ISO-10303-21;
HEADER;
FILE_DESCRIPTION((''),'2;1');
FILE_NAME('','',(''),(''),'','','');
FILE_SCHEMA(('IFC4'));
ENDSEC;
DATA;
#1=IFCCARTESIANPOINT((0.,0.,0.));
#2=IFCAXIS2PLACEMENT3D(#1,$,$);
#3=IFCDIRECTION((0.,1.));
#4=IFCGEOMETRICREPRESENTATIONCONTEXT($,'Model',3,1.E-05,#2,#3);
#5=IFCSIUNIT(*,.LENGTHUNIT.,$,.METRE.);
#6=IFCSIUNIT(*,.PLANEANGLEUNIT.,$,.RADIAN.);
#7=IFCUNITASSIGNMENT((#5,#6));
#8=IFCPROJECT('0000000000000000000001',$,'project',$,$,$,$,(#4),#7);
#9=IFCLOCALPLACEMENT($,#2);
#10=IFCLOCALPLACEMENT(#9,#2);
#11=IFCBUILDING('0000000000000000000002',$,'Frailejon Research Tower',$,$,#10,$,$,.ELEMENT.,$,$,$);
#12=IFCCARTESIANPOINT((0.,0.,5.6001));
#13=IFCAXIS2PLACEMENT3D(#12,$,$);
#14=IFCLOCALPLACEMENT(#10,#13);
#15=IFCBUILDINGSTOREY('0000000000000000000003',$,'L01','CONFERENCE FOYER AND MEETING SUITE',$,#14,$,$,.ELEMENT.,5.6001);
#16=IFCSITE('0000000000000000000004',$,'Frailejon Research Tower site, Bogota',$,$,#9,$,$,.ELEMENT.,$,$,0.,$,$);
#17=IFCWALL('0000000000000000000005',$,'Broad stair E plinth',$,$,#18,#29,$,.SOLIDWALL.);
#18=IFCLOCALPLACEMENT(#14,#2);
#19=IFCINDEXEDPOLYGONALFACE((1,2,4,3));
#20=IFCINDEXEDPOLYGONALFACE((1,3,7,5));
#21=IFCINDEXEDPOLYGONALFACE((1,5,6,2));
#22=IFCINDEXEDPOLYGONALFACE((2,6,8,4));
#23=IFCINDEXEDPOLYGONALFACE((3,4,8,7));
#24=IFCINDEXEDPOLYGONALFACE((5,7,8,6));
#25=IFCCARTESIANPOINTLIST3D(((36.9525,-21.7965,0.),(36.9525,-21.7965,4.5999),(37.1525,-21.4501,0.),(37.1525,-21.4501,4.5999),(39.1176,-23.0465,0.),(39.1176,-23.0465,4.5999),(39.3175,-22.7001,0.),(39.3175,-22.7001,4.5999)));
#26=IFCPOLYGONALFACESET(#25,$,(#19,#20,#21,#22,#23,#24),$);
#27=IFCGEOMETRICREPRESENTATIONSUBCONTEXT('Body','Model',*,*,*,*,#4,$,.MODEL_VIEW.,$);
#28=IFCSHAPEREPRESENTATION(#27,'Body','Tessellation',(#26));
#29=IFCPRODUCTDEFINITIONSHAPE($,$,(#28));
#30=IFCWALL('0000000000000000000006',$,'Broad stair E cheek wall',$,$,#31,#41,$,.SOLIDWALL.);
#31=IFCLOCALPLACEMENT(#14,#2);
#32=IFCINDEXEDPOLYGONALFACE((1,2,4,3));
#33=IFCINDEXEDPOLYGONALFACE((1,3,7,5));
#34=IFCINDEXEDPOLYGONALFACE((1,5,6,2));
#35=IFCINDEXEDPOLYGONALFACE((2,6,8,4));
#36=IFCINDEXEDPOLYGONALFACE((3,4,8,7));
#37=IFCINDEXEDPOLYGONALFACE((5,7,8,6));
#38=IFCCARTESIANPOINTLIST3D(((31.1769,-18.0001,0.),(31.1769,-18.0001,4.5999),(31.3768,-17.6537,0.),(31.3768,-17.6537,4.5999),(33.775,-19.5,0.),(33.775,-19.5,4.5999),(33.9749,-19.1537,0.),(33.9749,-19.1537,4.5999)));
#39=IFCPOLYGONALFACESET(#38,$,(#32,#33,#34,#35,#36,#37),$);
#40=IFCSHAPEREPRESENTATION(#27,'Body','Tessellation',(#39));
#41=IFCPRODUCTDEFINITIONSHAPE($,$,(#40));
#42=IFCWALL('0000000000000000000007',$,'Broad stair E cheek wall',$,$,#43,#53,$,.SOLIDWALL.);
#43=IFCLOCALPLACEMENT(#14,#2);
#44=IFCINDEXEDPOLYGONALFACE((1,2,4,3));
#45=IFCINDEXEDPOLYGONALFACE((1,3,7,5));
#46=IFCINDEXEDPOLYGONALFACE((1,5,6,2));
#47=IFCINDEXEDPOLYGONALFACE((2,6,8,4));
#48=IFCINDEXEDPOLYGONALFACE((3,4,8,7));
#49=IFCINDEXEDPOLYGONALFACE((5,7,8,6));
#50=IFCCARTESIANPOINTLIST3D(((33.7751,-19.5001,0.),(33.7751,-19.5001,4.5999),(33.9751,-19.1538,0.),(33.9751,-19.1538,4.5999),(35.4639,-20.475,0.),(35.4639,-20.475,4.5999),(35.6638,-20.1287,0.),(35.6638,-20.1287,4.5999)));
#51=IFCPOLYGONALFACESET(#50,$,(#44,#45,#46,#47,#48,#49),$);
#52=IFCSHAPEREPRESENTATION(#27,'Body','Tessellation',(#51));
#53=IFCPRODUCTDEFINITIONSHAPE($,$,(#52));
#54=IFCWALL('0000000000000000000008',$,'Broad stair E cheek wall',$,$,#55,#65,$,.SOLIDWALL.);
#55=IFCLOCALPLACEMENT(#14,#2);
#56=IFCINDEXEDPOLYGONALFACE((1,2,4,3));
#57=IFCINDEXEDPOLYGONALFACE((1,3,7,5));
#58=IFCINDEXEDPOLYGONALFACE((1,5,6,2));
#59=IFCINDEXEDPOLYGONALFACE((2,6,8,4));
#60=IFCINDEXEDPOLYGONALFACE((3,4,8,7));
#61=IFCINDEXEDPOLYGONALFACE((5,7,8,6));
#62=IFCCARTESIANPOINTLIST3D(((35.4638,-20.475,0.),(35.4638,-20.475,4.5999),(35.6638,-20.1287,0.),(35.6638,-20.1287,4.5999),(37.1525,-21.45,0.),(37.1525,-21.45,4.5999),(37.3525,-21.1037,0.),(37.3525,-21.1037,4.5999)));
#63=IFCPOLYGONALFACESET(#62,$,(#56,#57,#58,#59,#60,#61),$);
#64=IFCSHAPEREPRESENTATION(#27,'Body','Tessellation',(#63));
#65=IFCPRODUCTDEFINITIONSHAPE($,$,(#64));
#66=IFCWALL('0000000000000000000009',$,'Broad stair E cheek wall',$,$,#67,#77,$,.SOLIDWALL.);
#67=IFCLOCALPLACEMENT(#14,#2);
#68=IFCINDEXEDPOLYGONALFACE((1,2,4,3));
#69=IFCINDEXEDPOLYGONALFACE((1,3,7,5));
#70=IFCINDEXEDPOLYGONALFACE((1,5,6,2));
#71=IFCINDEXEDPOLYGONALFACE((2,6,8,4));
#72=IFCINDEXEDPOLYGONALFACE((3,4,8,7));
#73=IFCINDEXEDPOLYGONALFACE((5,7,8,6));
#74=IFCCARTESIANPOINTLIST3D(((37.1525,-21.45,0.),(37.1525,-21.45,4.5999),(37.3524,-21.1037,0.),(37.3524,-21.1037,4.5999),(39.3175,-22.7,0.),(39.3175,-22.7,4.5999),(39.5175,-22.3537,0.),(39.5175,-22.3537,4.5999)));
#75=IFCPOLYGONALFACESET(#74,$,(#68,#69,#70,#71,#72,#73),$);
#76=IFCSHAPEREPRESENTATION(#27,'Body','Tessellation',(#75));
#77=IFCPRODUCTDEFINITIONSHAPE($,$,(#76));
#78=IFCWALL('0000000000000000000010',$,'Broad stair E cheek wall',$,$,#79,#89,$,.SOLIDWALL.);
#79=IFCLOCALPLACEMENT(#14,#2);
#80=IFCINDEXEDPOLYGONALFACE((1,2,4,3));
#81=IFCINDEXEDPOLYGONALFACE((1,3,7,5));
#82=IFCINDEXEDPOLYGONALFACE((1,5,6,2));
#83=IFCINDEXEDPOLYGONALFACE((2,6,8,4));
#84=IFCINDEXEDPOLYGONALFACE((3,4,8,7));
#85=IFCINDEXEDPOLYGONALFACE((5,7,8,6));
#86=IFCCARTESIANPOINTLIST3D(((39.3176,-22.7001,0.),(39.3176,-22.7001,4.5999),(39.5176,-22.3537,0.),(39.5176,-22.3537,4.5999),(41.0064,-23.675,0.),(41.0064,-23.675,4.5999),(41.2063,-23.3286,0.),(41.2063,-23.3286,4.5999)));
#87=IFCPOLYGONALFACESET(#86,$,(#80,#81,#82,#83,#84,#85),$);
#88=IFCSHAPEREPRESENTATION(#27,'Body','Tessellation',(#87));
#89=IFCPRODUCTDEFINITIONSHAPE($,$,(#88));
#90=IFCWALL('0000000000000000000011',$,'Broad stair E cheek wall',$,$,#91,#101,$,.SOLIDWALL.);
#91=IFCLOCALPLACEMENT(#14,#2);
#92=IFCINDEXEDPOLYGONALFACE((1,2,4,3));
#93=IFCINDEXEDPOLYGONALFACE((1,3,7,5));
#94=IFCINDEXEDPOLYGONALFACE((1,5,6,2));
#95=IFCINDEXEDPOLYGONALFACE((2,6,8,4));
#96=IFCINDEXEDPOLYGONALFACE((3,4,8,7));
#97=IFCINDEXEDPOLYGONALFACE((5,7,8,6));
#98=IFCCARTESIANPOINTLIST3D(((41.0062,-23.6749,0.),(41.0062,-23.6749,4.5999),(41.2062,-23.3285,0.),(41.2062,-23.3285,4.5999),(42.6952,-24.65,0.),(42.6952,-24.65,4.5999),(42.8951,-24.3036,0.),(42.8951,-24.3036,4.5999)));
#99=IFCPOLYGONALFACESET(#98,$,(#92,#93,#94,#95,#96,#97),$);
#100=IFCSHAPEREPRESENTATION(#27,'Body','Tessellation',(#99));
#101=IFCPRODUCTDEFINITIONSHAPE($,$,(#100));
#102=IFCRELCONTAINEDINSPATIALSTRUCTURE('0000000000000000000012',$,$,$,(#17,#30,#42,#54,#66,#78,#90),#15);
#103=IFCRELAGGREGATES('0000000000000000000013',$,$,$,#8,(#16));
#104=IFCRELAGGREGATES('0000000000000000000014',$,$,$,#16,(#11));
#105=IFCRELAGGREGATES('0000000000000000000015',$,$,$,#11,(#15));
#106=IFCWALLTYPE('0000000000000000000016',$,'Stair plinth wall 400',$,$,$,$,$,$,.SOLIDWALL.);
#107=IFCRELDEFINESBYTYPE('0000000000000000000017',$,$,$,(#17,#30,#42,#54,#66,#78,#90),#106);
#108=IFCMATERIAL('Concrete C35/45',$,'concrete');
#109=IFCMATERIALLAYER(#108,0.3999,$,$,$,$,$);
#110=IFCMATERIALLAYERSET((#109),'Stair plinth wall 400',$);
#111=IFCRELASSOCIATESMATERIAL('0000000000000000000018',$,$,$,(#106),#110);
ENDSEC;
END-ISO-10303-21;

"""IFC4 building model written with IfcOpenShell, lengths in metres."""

from ifc_helpers import new_model, si_unit, direction, frame, frame_2d, origin, place, context, subcontext, project, spatial, rectangle, extrude, material, layer, layer_set, type_object, element, save


model = new_model("IFC4")

# Units and contexts
model_context = context("Model", 3, precision=1e-05, world=origin(), true_north=direction((0.0, 1.0)))
body_context = subcontext(model_context, "Body", "Model", "MODEL_VIEW")
ifc_project = project(units=[si_unit("LENGTHUNIT", "METRE"), si_unit("PLANEANGLEUNIT", "RADIAN")], contexts=[model_context])

# Site, building, storey
site_placement = place(None, origin())
site = spatial("IfcSite", under=ifc_project, at=site_placement, Name="Frailejon Research Tower site, Bogota", CompositionType="ELEMENT", RefElevation=0.0)
building_placement = place(site_placement, origin())
building = spatial("IfcBuilding", under=site, at=building_placement, Name="Frailejon Research Tower", CompositionType="ELEMENT")
storey_placement = place(building_placement, frame((0.0, 0.0, 5.6001)))
storey = spatial("IfcBuildingStorey", under=building, at=storey_placement, Name="L01", Description="CONFERENCE FOYER AND MEETING SUITE", CompositionType="ELEMENT", Elevation=5.6001)

# Walls
ifc_material_1 = material(Name="Concrete C35/45", Category="concrete")
ifc_layer_1 = layer(ifc_material_1, 0.3999)
ifc_layer_set_1 = layer_set([ifc_layer_1], Name="Stair plinth wall 400")
wall_type_1 = type_object("IfcWallType", Name="Stair plinth wall 400", PredefinedType="SOLIDWALL", material=ifc_layer_set_1)
wall_1_placement = place(storey_placement, frame((37.0525, -21.6233, 0.0), z_axis=(0.0, 0.0, 1.0), x_axis=(0.866023, -0.500004, 0.0)))
element("IfcWall", 1, at=wall_1_placement, inside=storey, type_object=wall_type_1, Name="Broad stair E plinth", PredefinedType="SOLIDWALL", context=body_context, shape_type="SweptSolid", body=[
    extrude(rectangle(XDim=2.5, YDim=0.3999, at=frame_2d((1.25, 0.0))), origin(), (0.0, 0.0, 1.0), 4.5999),
])
wall_2_placement = place(storey_placement, frame((31.2769, -17.8269, 0.0), z_axis=(0.0, 0.0, 1.0), x_axis=(0.866031, -0.49999, 0.0)))
element("IfcWall", 2, at=wall_2_placement, inside=storey, type_object=wall_type_1, Name="Broad stair E cheek wall", PredefinedType="SOLIDWALL", context=body_context, shape_type="SweptSolid", body=[
    extrude(rectangle(XDim=3.0, YDim=0.3999, at=frame_2d((1.5, 0.0))), origin(), (0.0, 0.0, 1.0), 4.5999),
])
for number, where, z_axis, x_axis, name in (
    (3, (33.875, -19.3269, 0.0), (0.0, 0.0, 1.0), (0.866054, -0.49995, 0.0), "Broad stair E cheek wall"),
    (4, (35.5637, -20.3018, 0.0), (0.0, 0.0, 1.0), (0.866, -0.500044, 0.0), "Broad stair E cheek wall"),
):
    element("IfcWall", number, at=place(storey_placement, frame(where, z_axis=z_axis, x_axis=x_axis)), inside=storey, type_object=wall_type_1, Name=name, PredefinedType="SOLIDWALL", context=body_context, shape_type="SweptSolid", body=[
        extrude(rectangle(XDim=1.95, YDim=0.3999, at=frame_2d((0.9751, 0.0))), origin(), (0.0, 0.0, 1.0), 4.5999),
    ])
wall_3_placement = place(storey_placement, frame((37.2524, -21.2769, 0.0), z_axis=(0.0, 0.0, 1.0), x_axis=(0.866023, -0.500004, 0.0)))
element("IfcWall", 5, at=wall_3_placement, inside=storey, type_object=wall_type_1, Name="Broad stair E cheek wall", PredefinedType="SOLIDWALL", context=body_context, shape_type="SweptSolid", body=[
    extrude(rectangle(XDim=2.5, YDim=0.3999, at=frame_2d((1.25, 0.0))), origin(), (0.0, 0.0, 1.0), 4.5999),
])
wall_4_placement = place(storey_placement, frame((39.4175, -22.5269, 0.0), z_axis=(0.0, 0.0, 1.0), x_axis=(0.866054, -0.49995, 0.0)))
element("IfcWall", 6, at=wall_4_placement, inside=storey, type_object=wall_type_1, Name="Broad stair E cheek wall", PredefinedType="SOLIDWALL", context=body_context, shape_type="SweptSolid", body=[
    extrude(rectangle(XDim=1.95, YDim=0.3999, at=frame_2d((0.9751, 0.0))), origin(), (0.0, 0.0, 1.0), 4.5999),
])
wall_5_placement = place(storey_placement, frame((41.1062, -23.5017, 0.0), z_axis=(0.0, 0.0, 1.0), x_axis=(0.866031, -0.49999, 0.0)))
element("IfcWall", 7, at=wall_5_placement, inside=storey, type_object=wall_type_1, Name="Broad stair E cheek wall", PredefinedType="SOLIDWALL", context=body_context, shape_type="SweptSolid", body=[
    extrude(rectangle(XDim=1.9502, YDim=0.3999, at=frame_2d((0.9751, 0.0))), origin(), (0.0, 0.0, 1.0), 4.5999),
])

save(model, "model.ifc")
